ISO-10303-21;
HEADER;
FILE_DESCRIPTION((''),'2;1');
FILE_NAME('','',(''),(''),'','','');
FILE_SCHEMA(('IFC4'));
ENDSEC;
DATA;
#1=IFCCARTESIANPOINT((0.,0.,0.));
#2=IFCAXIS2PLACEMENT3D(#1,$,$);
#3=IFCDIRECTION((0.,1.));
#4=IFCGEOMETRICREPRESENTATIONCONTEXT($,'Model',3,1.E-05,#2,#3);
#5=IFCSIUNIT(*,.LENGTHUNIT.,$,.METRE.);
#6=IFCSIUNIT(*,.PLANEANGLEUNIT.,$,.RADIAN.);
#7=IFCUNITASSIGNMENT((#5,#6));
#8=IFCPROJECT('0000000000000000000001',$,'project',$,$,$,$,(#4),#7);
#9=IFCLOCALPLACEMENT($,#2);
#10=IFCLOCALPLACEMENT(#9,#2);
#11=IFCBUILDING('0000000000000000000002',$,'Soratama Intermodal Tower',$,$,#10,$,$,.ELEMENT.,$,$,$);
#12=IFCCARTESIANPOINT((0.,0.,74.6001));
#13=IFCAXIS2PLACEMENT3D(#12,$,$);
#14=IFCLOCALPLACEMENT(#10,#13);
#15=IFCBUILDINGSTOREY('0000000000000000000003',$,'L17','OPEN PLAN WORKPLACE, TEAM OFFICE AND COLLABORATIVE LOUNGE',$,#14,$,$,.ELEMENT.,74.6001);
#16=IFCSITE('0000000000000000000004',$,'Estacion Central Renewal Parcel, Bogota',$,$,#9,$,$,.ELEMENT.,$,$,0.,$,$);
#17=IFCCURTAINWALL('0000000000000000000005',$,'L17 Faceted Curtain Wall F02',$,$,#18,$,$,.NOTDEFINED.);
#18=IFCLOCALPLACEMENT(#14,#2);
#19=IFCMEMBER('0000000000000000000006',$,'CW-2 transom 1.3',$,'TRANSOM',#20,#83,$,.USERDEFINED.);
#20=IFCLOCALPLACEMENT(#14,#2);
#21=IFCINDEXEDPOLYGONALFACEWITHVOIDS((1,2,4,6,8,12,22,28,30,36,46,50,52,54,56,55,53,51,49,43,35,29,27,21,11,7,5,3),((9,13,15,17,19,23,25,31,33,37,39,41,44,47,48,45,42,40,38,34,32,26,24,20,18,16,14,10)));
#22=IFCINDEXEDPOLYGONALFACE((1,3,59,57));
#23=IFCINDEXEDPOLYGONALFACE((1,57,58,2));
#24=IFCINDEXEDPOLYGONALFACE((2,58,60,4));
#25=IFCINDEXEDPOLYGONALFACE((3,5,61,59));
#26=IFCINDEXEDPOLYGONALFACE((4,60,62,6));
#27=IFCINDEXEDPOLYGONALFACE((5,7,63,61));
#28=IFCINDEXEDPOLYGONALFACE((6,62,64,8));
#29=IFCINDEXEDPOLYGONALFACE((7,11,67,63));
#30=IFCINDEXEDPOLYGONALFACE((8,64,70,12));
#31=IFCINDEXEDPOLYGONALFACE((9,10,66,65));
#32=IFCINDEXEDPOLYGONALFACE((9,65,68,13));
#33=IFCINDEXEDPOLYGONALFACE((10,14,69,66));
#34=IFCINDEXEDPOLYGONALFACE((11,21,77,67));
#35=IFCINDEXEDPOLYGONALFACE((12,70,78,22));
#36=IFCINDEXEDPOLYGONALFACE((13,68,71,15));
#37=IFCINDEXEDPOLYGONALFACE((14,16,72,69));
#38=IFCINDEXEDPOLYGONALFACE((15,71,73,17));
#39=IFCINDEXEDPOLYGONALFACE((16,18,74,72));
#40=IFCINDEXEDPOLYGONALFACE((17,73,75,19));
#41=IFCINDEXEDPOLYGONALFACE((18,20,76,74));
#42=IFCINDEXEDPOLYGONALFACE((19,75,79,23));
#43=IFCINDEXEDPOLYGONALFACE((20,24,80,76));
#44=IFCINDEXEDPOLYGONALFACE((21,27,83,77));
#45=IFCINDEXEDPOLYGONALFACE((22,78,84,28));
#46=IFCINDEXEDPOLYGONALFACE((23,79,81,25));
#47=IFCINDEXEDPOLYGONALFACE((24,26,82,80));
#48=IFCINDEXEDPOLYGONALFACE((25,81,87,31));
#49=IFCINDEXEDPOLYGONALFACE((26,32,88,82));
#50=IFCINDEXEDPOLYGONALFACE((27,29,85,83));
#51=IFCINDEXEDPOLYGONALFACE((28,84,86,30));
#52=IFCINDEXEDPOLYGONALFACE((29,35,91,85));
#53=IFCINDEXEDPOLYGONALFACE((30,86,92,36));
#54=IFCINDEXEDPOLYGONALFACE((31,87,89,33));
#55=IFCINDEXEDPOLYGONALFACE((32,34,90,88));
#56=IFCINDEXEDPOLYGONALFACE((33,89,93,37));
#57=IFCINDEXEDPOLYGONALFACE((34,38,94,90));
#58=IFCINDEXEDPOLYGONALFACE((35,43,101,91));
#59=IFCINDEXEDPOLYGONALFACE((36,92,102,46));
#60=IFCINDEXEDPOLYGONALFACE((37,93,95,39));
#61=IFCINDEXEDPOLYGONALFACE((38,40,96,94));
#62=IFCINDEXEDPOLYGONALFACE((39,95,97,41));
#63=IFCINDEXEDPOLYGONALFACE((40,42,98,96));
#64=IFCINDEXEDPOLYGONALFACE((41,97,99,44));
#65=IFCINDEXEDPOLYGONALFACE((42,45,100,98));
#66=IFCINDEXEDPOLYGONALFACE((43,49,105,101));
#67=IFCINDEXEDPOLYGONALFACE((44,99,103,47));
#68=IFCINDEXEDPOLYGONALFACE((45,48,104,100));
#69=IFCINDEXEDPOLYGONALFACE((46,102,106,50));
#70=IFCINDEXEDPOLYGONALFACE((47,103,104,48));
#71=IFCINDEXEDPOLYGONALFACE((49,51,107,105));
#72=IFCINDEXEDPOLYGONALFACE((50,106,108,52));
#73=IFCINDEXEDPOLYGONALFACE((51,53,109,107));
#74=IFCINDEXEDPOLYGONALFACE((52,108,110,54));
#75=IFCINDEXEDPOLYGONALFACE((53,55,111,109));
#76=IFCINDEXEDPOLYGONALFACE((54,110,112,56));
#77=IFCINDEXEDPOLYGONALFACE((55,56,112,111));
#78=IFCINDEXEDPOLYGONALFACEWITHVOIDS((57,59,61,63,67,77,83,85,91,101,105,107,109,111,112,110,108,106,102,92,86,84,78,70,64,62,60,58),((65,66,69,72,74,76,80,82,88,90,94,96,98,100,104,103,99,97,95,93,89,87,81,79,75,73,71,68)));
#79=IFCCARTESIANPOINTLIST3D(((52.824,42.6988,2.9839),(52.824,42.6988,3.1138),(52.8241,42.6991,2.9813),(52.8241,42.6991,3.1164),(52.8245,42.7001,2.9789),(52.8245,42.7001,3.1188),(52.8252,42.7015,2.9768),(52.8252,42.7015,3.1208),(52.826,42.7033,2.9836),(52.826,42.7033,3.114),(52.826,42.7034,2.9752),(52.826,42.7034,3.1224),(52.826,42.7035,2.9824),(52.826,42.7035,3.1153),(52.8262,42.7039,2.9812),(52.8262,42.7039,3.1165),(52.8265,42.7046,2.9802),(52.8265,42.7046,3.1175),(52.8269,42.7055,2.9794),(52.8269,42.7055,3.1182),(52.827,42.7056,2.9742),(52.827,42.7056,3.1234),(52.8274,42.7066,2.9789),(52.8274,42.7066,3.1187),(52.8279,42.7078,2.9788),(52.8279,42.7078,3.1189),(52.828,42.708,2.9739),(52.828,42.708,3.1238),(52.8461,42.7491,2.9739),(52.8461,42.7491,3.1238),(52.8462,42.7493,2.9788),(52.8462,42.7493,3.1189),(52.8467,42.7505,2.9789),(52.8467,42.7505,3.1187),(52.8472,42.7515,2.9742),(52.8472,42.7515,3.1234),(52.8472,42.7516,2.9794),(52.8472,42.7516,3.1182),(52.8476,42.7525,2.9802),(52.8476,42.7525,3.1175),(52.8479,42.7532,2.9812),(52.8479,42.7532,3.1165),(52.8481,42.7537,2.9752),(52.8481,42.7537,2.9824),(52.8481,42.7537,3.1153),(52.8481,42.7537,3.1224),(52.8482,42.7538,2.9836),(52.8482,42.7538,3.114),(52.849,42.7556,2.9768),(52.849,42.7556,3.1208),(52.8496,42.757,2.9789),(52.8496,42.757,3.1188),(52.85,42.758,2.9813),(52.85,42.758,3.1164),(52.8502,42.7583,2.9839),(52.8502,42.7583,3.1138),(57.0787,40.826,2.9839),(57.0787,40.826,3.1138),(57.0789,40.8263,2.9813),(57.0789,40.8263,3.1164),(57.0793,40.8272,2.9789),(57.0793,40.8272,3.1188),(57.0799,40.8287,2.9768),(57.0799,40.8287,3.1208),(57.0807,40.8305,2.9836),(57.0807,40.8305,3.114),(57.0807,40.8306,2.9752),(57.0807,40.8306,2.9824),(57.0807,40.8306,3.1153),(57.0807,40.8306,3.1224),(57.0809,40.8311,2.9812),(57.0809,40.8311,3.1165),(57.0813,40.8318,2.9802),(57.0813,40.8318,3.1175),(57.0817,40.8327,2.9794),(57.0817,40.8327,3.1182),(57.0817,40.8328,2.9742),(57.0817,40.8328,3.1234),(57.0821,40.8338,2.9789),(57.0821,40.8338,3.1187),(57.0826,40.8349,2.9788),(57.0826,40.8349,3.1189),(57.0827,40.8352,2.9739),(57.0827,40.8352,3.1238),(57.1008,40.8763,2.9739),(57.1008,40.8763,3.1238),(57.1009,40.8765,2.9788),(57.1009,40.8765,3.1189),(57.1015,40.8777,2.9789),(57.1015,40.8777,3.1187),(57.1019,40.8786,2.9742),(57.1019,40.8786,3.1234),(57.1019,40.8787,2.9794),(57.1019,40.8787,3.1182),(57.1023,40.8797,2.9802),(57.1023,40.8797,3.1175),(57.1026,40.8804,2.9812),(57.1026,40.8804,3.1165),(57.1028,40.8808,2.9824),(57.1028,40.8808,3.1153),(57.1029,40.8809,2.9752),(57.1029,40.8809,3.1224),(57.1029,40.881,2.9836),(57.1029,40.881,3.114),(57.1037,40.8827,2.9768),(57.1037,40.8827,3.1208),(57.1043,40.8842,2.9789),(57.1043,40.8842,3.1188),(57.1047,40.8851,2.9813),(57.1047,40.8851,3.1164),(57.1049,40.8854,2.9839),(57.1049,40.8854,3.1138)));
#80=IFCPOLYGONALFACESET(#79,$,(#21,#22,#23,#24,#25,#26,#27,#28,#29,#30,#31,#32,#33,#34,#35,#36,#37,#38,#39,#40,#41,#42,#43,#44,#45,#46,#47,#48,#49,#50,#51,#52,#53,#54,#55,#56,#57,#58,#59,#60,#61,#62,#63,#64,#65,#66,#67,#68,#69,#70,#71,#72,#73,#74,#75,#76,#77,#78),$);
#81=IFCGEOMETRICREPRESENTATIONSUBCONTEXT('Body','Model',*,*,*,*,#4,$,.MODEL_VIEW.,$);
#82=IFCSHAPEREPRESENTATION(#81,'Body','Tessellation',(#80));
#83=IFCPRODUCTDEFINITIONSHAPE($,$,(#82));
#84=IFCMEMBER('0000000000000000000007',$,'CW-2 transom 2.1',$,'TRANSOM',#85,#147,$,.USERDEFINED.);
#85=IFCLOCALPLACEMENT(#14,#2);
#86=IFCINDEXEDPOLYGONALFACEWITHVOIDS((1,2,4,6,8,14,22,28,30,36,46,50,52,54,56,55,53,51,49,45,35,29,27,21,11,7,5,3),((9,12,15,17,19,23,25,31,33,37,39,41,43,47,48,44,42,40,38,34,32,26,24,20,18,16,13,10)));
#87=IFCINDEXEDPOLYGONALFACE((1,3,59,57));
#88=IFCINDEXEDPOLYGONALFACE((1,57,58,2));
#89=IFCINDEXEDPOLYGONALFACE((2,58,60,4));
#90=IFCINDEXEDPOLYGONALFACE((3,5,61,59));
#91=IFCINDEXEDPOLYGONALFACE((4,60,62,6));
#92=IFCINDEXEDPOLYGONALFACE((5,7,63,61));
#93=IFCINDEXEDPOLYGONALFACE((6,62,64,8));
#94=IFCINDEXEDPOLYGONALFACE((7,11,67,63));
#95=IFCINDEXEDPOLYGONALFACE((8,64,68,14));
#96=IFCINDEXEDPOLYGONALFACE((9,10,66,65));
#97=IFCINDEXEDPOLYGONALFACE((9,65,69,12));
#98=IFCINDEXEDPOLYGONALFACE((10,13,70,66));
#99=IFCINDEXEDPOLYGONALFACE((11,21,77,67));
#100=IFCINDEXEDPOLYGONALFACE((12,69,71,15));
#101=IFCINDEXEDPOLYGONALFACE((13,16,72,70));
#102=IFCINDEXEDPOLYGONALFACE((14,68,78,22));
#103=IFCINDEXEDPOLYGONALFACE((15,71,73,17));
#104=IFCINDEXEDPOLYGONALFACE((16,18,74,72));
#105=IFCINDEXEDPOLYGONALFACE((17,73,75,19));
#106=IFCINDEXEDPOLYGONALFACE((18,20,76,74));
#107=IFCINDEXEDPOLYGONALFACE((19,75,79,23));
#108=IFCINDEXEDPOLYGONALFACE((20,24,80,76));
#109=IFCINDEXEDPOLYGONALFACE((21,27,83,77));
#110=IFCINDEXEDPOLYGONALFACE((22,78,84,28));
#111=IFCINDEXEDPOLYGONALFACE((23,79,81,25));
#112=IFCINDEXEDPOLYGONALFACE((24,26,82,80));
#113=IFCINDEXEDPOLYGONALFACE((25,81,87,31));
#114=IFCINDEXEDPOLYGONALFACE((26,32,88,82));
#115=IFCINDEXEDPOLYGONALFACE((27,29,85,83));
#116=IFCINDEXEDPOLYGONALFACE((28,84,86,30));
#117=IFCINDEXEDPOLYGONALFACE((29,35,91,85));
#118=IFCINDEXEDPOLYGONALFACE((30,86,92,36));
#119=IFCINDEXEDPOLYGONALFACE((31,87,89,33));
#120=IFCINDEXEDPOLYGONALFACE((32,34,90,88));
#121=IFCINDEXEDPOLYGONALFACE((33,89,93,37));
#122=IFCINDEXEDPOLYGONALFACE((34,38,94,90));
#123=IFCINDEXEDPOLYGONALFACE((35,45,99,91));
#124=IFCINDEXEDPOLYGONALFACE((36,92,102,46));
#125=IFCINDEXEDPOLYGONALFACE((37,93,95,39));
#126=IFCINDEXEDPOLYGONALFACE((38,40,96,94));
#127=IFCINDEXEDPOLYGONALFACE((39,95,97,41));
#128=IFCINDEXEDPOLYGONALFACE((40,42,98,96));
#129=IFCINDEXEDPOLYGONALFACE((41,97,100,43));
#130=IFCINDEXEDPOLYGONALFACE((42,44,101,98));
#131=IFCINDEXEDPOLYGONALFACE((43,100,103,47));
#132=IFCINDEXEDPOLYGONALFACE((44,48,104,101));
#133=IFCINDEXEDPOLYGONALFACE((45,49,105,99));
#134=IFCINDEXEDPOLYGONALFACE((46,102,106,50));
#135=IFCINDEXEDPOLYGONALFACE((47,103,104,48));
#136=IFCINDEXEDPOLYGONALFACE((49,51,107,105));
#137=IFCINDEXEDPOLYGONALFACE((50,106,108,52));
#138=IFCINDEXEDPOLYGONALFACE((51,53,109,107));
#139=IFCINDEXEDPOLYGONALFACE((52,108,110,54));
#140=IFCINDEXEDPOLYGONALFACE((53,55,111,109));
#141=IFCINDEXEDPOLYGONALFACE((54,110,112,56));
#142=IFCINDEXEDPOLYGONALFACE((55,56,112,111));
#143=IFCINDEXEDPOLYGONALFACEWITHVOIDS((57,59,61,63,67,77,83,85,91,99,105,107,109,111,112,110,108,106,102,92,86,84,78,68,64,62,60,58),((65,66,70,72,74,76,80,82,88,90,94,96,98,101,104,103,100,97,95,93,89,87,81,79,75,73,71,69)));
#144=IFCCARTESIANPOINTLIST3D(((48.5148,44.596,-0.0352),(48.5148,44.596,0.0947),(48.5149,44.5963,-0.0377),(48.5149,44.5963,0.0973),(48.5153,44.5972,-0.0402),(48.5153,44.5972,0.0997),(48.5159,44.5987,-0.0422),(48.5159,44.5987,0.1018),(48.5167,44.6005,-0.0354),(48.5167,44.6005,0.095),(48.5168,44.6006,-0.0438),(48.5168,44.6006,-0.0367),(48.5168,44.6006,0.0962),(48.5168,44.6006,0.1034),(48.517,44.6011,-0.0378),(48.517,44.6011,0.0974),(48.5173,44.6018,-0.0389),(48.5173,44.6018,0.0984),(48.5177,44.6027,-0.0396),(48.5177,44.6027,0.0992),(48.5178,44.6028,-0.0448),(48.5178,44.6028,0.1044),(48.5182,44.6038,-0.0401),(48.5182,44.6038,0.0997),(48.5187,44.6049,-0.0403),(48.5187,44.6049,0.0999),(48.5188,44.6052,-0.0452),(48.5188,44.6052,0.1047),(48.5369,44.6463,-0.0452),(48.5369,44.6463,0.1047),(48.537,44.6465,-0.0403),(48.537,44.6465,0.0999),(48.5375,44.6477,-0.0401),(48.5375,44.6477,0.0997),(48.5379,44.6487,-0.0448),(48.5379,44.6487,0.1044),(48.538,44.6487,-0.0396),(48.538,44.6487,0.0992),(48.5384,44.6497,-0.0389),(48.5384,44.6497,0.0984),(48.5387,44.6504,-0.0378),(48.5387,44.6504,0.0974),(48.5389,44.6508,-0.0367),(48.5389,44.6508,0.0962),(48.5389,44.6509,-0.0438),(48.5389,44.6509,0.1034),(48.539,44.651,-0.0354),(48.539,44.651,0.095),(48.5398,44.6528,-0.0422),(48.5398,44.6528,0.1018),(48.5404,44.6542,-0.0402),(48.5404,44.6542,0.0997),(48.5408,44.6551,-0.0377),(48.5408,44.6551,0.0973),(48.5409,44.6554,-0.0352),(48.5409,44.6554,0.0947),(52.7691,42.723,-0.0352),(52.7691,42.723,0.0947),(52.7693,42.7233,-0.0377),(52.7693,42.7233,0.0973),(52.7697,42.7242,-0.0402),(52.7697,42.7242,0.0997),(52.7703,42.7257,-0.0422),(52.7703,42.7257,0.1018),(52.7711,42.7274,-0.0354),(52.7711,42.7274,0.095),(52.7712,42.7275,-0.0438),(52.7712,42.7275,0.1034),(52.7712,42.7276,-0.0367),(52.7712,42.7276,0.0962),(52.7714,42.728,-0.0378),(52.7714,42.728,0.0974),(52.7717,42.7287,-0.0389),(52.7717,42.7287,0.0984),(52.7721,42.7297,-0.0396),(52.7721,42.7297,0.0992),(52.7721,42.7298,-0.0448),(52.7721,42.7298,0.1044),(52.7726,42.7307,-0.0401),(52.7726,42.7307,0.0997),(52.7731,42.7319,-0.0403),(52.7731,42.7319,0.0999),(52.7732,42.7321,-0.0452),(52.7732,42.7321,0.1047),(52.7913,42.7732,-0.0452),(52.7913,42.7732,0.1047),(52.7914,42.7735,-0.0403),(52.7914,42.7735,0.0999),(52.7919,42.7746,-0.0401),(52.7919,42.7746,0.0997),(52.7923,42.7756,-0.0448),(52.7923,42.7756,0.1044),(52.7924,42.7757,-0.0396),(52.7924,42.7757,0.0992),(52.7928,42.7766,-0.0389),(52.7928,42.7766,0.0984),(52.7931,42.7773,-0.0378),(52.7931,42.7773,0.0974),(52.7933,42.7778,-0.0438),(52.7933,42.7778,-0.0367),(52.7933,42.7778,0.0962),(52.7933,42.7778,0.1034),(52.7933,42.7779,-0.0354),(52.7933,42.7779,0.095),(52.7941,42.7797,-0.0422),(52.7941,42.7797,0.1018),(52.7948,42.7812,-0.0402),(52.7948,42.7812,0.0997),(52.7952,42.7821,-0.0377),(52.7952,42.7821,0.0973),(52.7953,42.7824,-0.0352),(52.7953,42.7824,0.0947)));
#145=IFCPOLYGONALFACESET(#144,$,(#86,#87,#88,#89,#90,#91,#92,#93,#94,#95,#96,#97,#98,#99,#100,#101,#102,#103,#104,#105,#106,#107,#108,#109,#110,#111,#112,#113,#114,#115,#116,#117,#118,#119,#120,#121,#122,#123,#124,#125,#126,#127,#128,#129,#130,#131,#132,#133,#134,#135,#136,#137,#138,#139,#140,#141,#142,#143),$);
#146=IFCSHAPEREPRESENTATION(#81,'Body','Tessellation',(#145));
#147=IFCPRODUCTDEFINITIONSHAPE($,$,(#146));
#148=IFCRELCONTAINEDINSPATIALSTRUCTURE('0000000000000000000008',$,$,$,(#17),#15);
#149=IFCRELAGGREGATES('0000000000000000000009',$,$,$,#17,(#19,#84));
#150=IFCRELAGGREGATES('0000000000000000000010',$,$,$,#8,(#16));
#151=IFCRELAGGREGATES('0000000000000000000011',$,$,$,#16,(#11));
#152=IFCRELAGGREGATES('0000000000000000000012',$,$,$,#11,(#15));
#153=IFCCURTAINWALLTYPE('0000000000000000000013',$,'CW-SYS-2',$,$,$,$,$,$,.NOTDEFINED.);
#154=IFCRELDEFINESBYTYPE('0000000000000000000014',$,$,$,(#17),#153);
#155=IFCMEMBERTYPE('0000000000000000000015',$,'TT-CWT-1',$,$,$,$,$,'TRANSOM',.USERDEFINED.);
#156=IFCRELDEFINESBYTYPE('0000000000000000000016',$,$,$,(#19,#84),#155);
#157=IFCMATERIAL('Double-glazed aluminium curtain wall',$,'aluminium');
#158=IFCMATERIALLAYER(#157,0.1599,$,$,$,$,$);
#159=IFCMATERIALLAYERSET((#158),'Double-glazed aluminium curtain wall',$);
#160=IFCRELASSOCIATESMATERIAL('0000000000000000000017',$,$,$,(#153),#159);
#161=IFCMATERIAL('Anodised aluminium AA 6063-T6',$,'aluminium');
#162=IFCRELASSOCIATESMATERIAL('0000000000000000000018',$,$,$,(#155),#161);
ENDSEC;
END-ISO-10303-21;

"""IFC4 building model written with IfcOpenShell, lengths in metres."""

from ifc_helpers import new_model, si_unit, direction, frame, origin, origin_2d, place, context, subcontext, project, spatial, hollow_rectangle, extrude, material, layer, layer_set, material_profile, profile_set, type_object, element, aggregate, save


model = new_model("IFC4")

# Units and contexts
model_context = context("Model", 3, precision=1e-05, world=origin(), true_north=direction((0.0, 1.0)))
body_context = subcontext(model_context, "Body", "Model", "MODEL_VIEW")
ifc_project = project(units=[si_unit("LENGTHUNIT", "METRE"), si_unit("PLANEANGLEUNIT", "RADIAN")], contexts=[model_context])

# Site, building, storey
site_placement = place(None, origin())
site = spatial("IfcSite", under=ifc_project, at=site_placement, Name="Estacion Central Renewal Parcel, Bogota", CompositionType="ELEMENT", RefElevation=0.0)
building_placement = place(site_placement, origin())
building = spatial("IfcBuilding", under=site, at=building_placement, Name="Soratama Intermodal Tower", CompositionType="ELEMENT")
storey_placement = place(building_placement, frame((0.0, 0.0, 74.6001)))
storey = spatial("IfcBuildingStorey", under=building, at=storey_placement, Name="L17", Description="OPEN PLAN WORKPLACE, TEAM OFFICE AND COLLABORATIVE LOUNGE", CompositionType="ELEMENT", Elevation=74.6001)

# Curtain wall, members
ifc_material_1 = material(Name="Double-glazed aluminium curtain wall", Category="aluminium")
ifc_layer_1 = layer(ifc_material_1, 0.1599)
ifc_layer_set_1 = layer_set([ifc_layer_1], Name="Double-glazed aluminium curtain wall")
curtain_wall_type = type_object("IfcCurtainWallType", Name="CW-SYS-2", PredefinedType="NOTDEFINED", material=ifc_layer_set_1)
curtain_wall_placement = place(storey_placement, origin())
curtain_wall = element("IfcCurtainWall", 1, at=curtain_wall_placement, inside=storey, type_object=curtain_wall_type, Name="L17 Faceted Curtain Wall F02", PredefinedType="NOTDEFINED")
ifc_material_2 = material(Name="Anodised aluminium AA 6063-T6", Category="aluminium")
ifc_material_profile_1 = material_profile(ifc_material_2, hollow_rectangle(XDim=0.0649, YDim=0.1499, WallThickness=0.0049, InnerFilletRadius=0.0049, OuterFilletRadius=0.01, at=origin_2d()), Name="CWT150X65X5")
ifc_profile_set_1 = profile_set([ifc_material_profile_1], Name="Anodised aluminium AA 6063-T6")
member_type_1 = type_object("IfcMemberType", Name="TT-CWT-1", ElementType="TRANSOM", PredefinedType="USERDEFINED", material=ifc_profile_set_1)
member_1_placement = place(storey_placement, frame((57.0918, 40.8557, 3.0488), z_axis=(-0.915255, 0.402876, 0.0), x_axis=(-0.402876, -0.915255, 0.0)))
member_1 = element("IfcMember", 2, at=member_1_placement, type_object=member_type_1, Name="CW-2 transom 1.3", ObjectType="TRANSOM", PredefinedType="USERDEFINED", context=body_context, shape_type="SweptSolid", body=[
    extrude(hollow_rectangle(XDim=0.0649, YDim=0.1499, WallThickness=0.0049, InnerFilletRadius=0.0049, OuterFilletRadius=0.01, at=origin_2d()), origin(), (0.0, 0.0, 1.0), 4.6487),
])
member_2_placement = place(storey_placement, frame((52.7822, 42.7527, 0.0298), z_axis=(-0.915227, 0.402939, 0.0), x_axis=(-0.402939, -0.915227, 0.0)))
member_2 = element("IfcMember", 3, at=member_2_placement, type_object=member_type_1, Name="CW-2 transom 2.1", ObjectType="TRANSOM", PredefinedType="USERDEFINED", context=body_context, shape_type="SweptSolid", body=[
    extrude(hollow_rectangle(XDim=0.0649, YDim=0.1499, WallThickness=0.0049, InnerFilletRadius=0.0049, OuterFilletRadius=0.01, at=origin_2d()), origin(), (0.0, 0.0, 1.0), 4.6484),
])
aggregate(curtain_wall, [member_1, member_2])

save(model, "model.ifc")
